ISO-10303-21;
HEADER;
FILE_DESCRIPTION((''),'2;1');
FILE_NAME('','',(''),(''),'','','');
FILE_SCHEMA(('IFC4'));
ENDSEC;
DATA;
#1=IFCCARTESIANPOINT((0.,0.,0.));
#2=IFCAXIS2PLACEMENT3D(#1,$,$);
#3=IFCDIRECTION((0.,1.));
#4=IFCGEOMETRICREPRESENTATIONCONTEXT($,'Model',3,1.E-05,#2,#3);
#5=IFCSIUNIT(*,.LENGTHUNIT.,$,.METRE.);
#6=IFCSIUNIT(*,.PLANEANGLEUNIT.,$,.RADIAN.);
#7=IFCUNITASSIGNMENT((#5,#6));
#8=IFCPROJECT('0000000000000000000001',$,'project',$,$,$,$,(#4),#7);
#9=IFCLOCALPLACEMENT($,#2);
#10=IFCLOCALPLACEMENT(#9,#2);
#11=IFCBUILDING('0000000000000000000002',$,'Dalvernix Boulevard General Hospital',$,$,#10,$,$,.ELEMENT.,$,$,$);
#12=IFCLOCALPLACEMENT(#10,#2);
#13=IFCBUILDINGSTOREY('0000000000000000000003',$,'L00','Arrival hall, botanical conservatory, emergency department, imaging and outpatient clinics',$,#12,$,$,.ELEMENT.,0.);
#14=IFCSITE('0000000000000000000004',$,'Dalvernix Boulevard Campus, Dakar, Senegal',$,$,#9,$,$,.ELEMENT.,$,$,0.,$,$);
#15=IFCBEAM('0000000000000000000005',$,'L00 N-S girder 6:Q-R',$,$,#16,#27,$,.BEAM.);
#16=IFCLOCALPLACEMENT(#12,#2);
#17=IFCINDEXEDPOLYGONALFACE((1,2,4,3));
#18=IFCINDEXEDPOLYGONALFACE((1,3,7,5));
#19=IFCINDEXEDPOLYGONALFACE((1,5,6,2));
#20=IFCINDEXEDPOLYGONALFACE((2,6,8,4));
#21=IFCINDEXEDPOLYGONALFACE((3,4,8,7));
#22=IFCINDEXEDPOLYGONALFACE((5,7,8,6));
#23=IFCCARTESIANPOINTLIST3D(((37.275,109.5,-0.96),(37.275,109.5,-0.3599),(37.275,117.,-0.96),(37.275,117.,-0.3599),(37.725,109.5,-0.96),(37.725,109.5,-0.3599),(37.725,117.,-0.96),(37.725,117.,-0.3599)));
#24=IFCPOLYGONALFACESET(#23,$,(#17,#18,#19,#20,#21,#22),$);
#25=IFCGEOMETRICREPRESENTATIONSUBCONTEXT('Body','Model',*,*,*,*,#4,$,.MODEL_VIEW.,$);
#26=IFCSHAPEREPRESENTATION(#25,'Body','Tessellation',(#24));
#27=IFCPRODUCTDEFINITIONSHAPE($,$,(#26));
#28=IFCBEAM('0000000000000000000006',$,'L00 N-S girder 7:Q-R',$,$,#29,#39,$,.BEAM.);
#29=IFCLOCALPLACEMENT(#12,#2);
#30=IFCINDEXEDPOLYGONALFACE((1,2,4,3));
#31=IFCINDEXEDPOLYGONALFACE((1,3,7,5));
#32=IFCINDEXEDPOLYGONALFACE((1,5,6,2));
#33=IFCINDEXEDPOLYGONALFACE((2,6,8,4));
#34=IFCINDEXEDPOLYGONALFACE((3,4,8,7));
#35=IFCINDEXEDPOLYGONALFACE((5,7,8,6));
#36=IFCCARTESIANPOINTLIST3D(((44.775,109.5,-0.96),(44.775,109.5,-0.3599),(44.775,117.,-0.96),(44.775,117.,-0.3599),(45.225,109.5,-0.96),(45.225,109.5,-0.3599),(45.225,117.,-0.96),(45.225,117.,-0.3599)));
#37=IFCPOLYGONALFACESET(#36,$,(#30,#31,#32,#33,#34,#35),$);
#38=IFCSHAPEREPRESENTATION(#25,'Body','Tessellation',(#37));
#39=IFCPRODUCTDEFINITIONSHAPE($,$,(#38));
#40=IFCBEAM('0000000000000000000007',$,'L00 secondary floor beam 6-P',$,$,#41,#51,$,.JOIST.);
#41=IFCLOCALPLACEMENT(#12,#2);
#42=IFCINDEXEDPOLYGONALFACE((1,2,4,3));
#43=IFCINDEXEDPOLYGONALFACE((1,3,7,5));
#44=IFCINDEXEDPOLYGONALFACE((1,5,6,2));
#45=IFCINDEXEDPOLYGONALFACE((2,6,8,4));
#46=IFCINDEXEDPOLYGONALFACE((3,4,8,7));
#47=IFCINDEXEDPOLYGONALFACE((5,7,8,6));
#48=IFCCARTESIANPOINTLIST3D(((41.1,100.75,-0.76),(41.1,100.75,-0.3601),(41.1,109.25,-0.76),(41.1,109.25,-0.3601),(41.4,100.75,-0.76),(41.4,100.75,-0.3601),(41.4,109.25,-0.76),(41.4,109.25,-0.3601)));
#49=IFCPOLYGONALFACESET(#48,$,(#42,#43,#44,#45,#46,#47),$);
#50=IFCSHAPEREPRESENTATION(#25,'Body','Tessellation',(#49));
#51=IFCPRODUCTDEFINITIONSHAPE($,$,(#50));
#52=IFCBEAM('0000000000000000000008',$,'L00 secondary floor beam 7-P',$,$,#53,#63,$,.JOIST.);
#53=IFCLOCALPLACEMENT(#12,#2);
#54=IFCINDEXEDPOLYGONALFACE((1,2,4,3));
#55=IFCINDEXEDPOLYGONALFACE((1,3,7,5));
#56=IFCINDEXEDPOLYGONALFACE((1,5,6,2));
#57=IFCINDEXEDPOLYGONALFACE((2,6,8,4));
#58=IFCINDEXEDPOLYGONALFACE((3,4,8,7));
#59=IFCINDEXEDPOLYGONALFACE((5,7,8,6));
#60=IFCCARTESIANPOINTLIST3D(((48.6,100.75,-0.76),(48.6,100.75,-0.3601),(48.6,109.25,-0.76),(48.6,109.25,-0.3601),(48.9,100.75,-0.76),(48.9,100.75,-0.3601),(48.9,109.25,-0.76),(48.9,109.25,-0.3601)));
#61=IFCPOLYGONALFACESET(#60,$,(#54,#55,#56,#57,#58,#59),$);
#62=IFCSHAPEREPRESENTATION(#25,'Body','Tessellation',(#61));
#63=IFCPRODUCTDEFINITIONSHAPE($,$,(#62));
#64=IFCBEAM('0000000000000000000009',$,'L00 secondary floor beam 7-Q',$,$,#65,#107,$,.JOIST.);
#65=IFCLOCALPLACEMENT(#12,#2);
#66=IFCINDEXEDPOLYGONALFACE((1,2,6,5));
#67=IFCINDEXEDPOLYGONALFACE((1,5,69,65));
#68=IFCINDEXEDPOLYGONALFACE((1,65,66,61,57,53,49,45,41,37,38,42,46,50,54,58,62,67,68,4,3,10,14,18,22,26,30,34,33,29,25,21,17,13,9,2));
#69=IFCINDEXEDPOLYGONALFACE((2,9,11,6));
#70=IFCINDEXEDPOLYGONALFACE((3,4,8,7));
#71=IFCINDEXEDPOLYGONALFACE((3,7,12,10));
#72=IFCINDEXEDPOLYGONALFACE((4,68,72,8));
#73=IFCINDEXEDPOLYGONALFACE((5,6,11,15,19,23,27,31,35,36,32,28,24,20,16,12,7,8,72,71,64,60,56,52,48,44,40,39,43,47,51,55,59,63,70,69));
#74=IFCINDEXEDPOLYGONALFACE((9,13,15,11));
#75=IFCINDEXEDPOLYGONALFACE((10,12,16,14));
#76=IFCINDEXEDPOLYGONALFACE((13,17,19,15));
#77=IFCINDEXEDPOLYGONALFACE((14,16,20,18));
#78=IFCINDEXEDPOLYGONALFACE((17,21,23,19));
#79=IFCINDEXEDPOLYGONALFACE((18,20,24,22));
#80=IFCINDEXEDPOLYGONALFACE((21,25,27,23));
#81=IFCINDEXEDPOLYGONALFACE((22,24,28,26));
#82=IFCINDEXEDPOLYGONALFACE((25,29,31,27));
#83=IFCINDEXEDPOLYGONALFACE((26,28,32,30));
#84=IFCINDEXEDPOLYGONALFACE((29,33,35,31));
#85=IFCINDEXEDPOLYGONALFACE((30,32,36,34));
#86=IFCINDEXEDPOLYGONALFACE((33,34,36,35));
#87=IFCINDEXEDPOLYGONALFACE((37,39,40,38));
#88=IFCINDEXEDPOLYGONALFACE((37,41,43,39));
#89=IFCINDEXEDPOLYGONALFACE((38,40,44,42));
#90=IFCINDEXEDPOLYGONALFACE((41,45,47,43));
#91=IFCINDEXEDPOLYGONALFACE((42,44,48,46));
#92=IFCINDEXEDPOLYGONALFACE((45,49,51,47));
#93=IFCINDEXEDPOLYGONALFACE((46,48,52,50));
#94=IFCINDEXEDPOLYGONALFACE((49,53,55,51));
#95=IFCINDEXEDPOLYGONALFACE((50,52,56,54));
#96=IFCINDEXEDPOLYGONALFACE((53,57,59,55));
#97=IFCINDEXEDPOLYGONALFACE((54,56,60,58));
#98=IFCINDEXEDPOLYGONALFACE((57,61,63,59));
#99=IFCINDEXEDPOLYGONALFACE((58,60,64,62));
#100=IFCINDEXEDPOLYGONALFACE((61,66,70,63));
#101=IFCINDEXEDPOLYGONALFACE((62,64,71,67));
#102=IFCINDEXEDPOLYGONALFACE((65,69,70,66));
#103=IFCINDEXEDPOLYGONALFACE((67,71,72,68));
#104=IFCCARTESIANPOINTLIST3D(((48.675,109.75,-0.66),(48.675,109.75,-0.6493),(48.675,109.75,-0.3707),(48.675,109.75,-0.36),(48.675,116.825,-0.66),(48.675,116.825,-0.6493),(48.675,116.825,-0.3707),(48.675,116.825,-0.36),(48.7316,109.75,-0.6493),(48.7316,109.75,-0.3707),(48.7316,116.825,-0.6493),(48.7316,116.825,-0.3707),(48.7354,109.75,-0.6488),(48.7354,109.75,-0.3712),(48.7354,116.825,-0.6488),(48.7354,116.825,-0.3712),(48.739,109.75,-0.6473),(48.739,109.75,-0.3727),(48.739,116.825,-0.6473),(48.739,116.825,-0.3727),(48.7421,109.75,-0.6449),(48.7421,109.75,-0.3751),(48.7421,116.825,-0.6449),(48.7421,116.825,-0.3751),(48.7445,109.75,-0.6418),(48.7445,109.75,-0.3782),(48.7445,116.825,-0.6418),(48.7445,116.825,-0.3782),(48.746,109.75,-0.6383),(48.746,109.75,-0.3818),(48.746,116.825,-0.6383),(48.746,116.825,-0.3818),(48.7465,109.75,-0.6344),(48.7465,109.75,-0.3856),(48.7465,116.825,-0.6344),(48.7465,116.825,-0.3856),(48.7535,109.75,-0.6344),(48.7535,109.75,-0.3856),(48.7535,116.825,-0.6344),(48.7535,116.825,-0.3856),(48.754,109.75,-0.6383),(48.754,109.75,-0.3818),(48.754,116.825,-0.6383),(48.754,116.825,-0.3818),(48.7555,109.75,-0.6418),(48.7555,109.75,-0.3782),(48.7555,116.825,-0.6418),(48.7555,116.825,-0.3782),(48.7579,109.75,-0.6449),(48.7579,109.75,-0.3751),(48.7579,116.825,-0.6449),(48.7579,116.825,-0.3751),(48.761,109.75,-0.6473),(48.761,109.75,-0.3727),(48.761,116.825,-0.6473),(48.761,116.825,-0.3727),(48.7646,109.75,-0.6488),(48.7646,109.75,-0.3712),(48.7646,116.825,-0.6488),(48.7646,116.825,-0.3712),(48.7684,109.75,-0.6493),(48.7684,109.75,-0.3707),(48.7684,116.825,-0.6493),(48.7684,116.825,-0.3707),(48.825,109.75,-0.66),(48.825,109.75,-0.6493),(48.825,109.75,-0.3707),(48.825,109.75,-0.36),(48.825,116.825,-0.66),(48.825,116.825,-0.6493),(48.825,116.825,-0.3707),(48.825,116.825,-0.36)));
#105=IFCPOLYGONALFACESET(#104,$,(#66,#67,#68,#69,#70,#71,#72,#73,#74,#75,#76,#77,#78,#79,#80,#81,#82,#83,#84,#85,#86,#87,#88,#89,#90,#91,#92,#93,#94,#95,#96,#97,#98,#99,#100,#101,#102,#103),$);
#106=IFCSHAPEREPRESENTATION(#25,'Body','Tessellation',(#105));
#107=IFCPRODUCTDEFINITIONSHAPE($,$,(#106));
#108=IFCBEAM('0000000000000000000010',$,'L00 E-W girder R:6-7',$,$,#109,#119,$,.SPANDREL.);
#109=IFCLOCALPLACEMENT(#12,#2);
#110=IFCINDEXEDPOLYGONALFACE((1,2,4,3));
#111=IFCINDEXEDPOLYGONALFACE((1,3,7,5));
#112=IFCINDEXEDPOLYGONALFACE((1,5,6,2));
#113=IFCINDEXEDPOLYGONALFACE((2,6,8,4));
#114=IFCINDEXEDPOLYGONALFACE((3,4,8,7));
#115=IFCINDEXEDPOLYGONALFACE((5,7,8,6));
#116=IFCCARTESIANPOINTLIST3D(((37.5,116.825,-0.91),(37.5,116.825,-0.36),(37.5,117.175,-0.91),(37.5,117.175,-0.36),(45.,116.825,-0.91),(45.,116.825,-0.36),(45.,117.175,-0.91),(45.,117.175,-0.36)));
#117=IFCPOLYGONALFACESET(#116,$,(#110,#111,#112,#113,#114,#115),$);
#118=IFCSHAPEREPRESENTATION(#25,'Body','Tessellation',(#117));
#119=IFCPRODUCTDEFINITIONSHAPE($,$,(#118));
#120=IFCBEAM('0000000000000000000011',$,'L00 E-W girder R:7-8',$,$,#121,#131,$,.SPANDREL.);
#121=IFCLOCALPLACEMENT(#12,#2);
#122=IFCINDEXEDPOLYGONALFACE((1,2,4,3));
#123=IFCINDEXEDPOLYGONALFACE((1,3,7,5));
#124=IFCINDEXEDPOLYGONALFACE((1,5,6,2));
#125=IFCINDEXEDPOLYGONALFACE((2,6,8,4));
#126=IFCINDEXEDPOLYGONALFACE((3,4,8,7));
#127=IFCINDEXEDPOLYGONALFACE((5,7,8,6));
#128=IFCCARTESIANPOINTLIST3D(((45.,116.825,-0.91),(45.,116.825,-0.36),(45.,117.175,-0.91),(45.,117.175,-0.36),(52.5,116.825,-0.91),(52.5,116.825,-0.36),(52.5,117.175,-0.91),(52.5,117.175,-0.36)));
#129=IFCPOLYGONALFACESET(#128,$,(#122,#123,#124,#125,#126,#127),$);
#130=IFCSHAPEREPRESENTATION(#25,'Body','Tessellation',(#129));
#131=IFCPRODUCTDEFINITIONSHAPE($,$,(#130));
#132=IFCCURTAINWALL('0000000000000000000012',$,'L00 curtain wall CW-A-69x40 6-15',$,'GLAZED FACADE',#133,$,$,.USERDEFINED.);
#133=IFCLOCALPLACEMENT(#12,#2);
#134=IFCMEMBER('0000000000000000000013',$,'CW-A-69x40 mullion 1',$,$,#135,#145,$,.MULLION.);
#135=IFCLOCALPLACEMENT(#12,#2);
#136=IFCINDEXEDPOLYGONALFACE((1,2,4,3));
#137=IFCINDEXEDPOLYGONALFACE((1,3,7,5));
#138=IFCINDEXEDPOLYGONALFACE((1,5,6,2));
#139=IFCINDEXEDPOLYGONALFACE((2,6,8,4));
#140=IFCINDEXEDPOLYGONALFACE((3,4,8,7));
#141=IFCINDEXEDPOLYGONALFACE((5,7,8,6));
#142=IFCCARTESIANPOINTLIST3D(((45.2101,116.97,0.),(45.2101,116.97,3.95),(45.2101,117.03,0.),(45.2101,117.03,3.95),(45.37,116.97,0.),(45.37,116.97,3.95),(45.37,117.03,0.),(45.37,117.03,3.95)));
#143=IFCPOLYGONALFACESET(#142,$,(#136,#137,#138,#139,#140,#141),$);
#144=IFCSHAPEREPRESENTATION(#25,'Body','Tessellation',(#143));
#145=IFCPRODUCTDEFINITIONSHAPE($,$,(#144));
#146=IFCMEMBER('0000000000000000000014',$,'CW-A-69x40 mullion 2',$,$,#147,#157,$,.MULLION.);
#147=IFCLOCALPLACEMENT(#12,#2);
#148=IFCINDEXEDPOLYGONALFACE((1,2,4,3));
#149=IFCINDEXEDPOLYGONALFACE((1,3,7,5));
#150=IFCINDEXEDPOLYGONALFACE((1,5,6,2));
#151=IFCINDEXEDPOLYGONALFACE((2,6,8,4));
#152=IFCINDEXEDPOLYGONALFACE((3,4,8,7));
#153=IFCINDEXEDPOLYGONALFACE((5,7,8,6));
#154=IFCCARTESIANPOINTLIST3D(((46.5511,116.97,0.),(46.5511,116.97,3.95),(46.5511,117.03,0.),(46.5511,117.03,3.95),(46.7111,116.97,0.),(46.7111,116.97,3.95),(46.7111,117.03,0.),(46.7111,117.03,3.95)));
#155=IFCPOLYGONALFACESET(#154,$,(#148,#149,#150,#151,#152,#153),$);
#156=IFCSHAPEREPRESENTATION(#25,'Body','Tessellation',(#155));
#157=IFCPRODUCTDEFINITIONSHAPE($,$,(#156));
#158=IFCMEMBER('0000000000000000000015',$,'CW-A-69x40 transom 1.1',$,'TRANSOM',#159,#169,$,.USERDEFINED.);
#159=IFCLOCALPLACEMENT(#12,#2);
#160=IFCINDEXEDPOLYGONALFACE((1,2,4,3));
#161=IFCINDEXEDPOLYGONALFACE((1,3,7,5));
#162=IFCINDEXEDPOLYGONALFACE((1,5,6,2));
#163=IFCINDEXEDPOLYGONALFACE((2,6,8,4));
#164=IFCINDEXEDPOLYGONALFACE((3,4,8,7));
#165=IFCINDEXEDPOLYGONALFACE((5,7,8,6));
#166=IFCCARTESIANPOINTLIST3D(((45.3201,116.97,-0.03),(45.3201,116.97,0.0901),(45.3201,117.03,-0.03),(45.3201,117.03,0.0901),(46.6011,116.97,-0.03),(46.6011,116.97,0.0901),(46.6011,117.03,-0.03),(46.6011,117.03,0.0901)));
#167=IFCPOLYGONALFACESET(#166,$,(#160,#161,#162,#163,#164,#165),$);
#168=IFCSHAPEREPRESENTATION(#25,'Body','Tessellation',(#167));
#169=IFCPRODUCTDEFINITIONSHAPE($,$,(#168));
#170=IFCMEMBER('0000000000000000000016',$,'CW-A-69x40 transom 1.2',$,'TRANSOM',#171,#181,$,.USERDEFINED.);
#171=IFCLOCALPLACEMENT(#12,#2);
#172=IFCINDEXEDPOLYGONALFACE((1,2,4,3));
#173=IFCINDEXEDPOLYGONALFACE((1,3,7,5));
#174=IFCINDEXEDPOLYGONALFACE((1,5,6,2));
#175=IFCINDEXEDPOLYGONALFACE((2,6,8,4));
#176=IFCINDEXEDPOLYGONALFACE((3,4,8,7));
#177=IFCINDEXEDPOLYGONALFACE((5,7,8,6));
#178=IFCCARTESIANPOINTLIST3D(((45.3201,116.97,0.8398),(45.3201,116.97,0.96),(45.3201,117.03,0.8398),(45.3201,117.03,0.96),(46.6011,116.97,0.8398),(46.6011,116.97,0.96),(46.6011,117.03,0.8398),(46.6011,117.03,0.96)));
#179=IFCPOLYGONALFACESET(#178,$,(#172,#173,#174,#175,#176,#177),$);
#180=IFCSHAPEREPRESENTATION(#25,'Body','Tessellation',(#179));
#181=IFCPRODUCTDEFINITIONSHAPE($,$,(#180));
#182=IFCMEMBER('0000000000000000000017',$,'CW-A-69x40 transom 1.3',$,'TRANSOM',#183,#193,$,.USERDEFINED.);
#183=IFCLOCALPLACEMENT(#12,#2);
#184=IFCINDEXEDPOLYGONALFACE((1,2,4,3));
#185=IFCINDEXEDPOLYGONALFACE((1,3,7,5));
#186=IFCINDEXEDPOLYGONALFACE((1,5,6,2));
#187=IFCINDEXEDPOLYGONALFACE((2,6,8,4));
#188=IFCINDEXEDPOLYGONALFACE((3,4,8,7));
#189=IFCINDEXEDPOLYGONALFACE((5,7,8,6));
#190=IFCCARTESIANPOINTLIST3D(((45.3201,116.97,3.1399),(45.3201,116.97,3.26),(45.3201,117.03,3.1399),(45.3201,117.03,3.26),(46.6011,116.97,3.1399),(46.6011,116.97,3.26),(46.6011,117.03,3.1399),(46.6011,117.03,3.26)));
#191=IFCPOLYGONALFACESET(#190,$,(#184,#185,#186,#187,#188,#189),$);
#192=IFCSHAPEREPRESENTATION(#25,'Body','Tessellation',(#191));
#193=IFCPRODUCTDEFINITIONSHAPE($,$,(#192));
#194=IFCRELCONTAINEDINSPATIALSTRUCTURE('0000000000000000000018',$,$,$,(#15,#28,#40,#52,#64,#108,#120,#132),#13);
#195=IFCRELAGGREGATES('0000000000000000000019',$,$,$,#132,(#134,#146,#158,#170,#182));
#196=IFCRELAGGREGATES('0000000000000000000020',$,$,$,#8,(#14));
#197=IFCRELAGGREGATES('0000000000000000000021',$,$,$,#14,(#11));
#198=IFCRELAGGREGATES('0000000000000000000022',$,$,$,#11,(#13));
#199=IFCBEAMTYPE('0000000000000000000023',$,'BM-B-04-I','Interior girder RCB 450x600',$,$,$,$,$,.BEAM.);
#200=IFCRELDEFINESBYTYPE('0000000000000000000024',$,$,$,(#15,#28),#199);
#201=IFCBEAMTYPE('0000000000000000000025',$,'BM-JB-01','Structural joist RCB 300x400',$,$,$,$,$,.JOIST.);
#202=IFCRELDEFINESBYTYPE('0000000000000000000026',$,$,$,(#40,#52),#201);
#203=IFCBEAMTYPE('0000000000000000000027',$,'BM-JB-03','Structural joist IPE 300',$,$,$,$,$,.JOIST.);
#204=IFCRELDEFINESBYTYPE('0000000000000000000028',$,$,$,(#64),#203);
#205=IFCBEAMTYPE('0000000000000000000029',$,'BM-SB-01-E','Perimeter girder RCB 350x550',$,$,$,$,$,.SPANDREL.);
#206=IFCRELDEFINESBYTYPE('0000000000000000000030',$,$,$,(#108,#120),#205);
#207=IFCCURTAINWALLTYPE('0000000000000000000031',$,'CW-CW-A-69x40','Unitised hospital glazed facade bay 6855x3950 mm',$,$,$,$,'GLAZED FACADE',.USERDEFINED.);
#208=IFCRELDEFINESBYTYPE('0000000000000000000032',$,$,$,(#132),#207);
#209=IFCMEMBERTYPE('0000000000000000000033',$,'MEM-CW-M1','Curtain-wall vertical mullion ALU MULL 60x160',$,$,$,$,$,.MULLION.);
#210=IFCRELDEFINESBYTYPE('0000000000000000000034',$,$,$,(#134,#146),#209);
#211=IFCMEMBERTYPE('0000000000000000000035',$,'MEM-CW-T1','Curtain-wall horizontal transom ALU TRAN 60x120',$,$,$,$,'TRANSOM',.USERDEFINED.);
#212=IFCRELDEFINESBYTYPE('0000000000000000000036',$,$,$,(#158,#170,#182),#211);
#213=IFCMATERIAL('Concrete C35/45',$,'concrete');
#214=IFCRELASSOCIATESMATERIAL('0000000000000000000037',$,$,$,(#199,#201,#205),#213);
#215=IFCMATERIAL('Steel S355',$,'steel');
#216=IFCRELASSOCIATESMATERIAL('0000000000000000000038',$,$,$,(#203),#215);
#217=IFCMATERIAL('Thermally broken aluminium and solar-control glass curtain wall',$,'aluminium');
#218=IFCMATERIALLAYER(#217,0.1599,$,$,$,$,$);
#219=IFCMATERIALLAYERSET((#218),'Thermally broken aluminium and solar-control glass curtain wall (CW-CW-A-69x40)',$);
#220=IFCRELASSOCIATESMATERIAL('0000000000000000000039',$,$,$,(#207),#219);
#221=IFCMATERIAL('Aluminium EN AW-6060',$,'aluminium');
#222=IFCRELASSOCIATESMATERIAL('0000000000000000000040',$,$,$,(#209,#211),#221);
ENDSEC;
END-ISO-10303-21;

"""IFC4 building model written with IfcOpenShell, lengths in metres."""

from ifc_helpers import new_model, si_unit, direction, frame, origin, origin_2d, place, context, subcontext, project, spatial, rectangle, i_section, extrude, material, layer, layer_set, material_profile, profile_set, type_object, element, aggregate, save


model = new_model("IFC4")

# Units and contexts
model_context = context("Model", 3, precision=1e-05, world=origin(), true_north=direction((0.0, 1.0)))
body_context = subcontext(model_context, "Body", "Model", "MODEL_VIEW")
ifc_project = project(units=[si_unit("LENGTHUNIT", "METRE"), si_unit("PLANEANGLEUNIT", "RADIAN")], contexts=[model_context])

# Site, building, storey
site_placement = place(None, origin())
site = spatial("IfcSite", under=ifc_project, at=site_placement, Name="Dalvernix Boulevard Campus, Dakar, Senegal", CompositionType="ELEMENT", RefElevation=0.0)
building_placement = place(site_placement, origin())
building = spatial("IfcBuilding", under=site, at=building_placement, Name="Dalvernix Boulevard General Hospital", CompositionType="ELEMENT")
storey_placement = place(building_placement, origin())
storey = spatial("IfcBuildingStorey", under=building, at=storey_placement, Name="L00", Description="Arrival hall, botanical conservatory, emergency department, imaging and outpatient clinics", CompositionType="ELEMENT", Elevation=0.0)

# Beams
ifc_material_1 = material(Name="Concrete C35/45", Category="concrete")
ifc_material_profile_1 = material_profile(ifc_material_1, rectangle(XDim=0.45, YDim=0.6001, at=origin_2d()), Name="RCB 450x600")
ifc_profile_set_1 = profile_set([ifc_material_profile_1], Name="Concrete C35/45")
beam_type_1 = type_object("IfcBeamType", Name="BM-B-04-I", Description="Interior girder RCB 450x600", PredefinedType="BEAM", material=ifc_profile_set_1)
for number, where, z_axis, x_axis, name in (
    (1, (37.5, 109.5, -0.6599), (0.0, 1.0, 0.0), (-1.0, 0.0, 0.0), "L00 N-S girder 6:Q-R"),
    (2, (45.0, 109.5, -0.6599), (0.0, 1.0, 0.0), (-1.0, 0.0, 0.0), "L00 N-S girder 7:Q-R"),
):
    element("IfcBeam", number, at=place(storey_placement, frame(where, z_axis=z_axis, x_axis=x_axis)), inside=storey, type_object=beam_type_1, Name=name, PredefinedType="BEAM", context=body_context, shape_type="SweptSolid", body=[
        extrude(rectangle(XDim=0.45, YDim=0.6001, at=origin_2d()), origin(), (0.0, 0.0, 1.0), 7.5),
    ])
ifc_material_profile_2 = material_profile(ifc_material_1, rectangle(XDim=0.3, YDim=0.3999, at=origin_2d()), Name="RCB 300x400")
ifc_profile_set_2 = profile_set([ifc_material_profile_2], Name="Concrete C35/45")
beam_type_2 = type_object("IfcBeamType", Name="BM-JB-01", Description="Structural joist RCB 300x400", PredefinedType="JOIST", material=ifc_profile_set_2)
for number, where, z_axis, x_axis, name in (
    (3, (41.25, 100.75, -0.5601), (0.0, 1.0, 0.0), (-1.0, 0.0, 0.0), "L00 secondary floor beam 6-P"),
    (4, (48.75, 100.75, -0.5601), (0.0, 1.0, 0.0), (-1.0, 0.0, 0.0), "L00 secondary floor beam 7-P"),
):
    element("IfcBeam", number, at=place(storey_placement, frame(where, z_axis=z_axis, x_axis=x_axis)), inside=storey, type_object=beam_type_2, Name=name, PredefinedType="JOIST", context=body_context, shape_type="SweptSolid", body=[
        extrude(rectangle(XDim=0.3, YDim=0.3999, at=origin_2d()), origin(), (0.0, 0.0, 1.0), 8.5),
    ])
ifc_material_2 = material(Name="Steel S355", Category="steel")
ifc_material_profile_3 = material_profile(ifc_material_2, i_section(OverallWidth=0.1499, OverallDepth=0.3, WebThickness=0.0071, FlangeThickness=0.0107, FilletRadius=0.0149, at=origin_2d()), Name="IPE 300")
ifc_profile_set_3 = profile_set([ifc_material_profile_3], Name="Steel S355")
beam_type_3 = type_object("IfcBeamType", Name="BM-JB-03", Description="Structural joist IPE 300", PredefinedType="JOIST", material=ifc_profile_set_3)
beam_placement = place(storey_placement, frame((48.75, 109.75, -0.51), z_axis=(0.0, 1.0, 0.0), x_axis=(-1.0, 0.0, 0.0)))
element("IfcBeam", 5, at=beam_placement, inside=storey, type_object=beam_type_3, Name="L00 secondary floor beam 7-Q", PredefinedType="JOIST", context=body_context, shape_type="SweptSolid", body=[
    extrude(i_section(OverallWidth=0.1499, OverallDepth=0.3, WebThickness=0.0071, FlangeThickness=0.0107, FilletRadius=0.0149, at=origin_2d()), origin(), (0.0, 0.0, 1.0), 7.075),
])
ifc_material_profile_4 = material_profile(ifc_material_1, rectangle(XDim=0.3501, YDim=0.55, at=origin_2d()), Name="RCB 350x550")
ifc_profile_set_4 = profile_set([ifc_material_profile_4], Name="Concrete C35/45")
beam_type_4 = type_object("IfcBeamType", Name="BM-SB-01-E", Description="Perimeter girder RCB 350x550", PredefinedType="SPANDREL", material=ifc_profile_set_4)
for number, where, z_axis, x_axis, name in (
    (6, (37.5, 117.0, -0.635), (1.0, 0.0, 0.0), (0.0, 1.0, 0.0), "L00 E-W girder R:6-7"),
    (7, (45.0, 117.0, -0.635), (1.0, 0.0, 0.0), (0.0, 1.0, 0.0), "L00 E-W girder R:7-8"),
):
    element("IfcBeam", number, at=place(storey_placement, frame(where, z_axis=z_axis, x_axis=x_axis)), inside=storey, type_object=beam_type_4, Name=name, PredefinedType="SPANDREL", context=body_context, shape_type="SweptSolid", body=[
        extrude(rectangle(XDim=0.3501, YDim=0.55, at=origin_2d()), origin(), (0.0, 0.0, 1.0), 7.5),
    ])

# Curtain wall, members
ifc_material_3 = material(Name="Thermally broken aluminium and solar-control glass curtain wall", Category="aluminium")
ifc_layer_1 = layer(ifc_material_3, 0.1599)
ifc_layer_set_1 = layer_set([ifc_layer_1], Name="Thermally broken aluminium and solar-control glass curtain wall (CW-CW-A-69x40)")
curtain_wall_type = type_object("IfcCurtainWallType", Name="CW-CW-A-69x40", Description="Unitised hospital glazed facade bay 6855x3950 mm", ElementType="GLAZED FACADE", PredefinedType="USERDEFINED", material=ifc_layer_set_1)
curtain_wall_placement = place(storey_placement, origin())
curtain_wall = element("IfcCurtainWall", 8, at=curtain_wall_placement, inside=storey, type_object=curtain_wall_type, Name="L00 curtain wall CW-A-69x40 6-15", ObjectType="GLAZED FACADE", PredefinedType="USERDEFINED")
ifc_material_4 = material(Name="Aluminium EN AW-6060", Category="aluminium")
ifc_material_profile_5 = material_profile(ifc_material_4, rectangle(XDim=0.0601, YDim=0.1599, at=origin_2d()), Name="ALU MULL 60x160")
ifc_profile_set_5 = profile_set([ifc_material_profile_5], Name="Aluminium EN AW-6060")
member_type_1 = type_object("IfcMemberType", Name="MEM-CW-M1", Description="Curtain-wall vertical mullion ALU MULL 60x160", PredefinedType="MULLION", material=ifc_profile_set_5)
member_1_placement = place(storey_placement, frame((45.29, 117.0, 0.0), z_axis=(0.0, 0.0, 1.0), x_axis=(0.0, 1.0, 0.0)))
member_1 = element("IfcMember", 9, at=member_1_placement, type_object=member_type_1, Name="CW-A-69x40 mullion 1", PredefinedType="MULLION", context=body_context, shape_type="SweptSolid", body=[
    extrude(rectangle(XDim=0.0601, YDim=0.1599, at=origin_2d()), origin(), (0.0, 0.0, 1.0), 3.95),
])
member_2_placement = place(storey_placement, frame((46.6311, 117.0, 0.0), z_axis=(0.0, 0.0, 1.0), x_axis=(0.0, 1.0, 0.0)))
member_2 = element("IfcMember", 10, at=member_2_placement, type_object=member_type_1, Name="CW-A-69x40 mullion 2", PredefinedType="MULLION", context=body_context, shape_type="SweptSolid", body=[
    extrude(rectangle(XDim=0.0601, YDim=0.1599, at=origin_2d()), origin(), (0.0, 0.0, 1.0), 3.95),
])
ifc_material_profile_6 = material_profile(ifc_material_4, rectangle(XDim=0.0601, YDim=0.1201, at=origin_2d()), Name="ALU TRAN 60x120")
ifc_profile_set_6 = profile_set([ifc_material_profile_6], Name="Aluminium EN AW-6060")
member_type_2 = type_object("IfcMemberType", Name="MEM-CW-T1", Description="Curtain-wall horizontal transom ALU TRAN 60x120", ElementType="TRANSOM", PredefinedType="USERDEFINED", material=ifc_profile_set_6)
member_3_placement = place(storey_placement, frame((45.3201, 117.0, 0.03), z_axis=(1.0, 0.0, 0.0), x_axis=(0.0, 1.0, 0.0)))
member_3 = element("IfcMember", 11, at=member_3_placement, type_object=member_type_2, Name="CW-A-69x40 transom 1.1", ObjectType="TRANSOM", PredefinedType="USERDEFINED", context=body_context, shape_type="SweptSolid", body=[
    extrude(rectangle(XDim=0.0601, YDim=0.1201, at=origin_2d()), origin(), (0.0, 0.0, 1.0), 1.281),
])
member_4_placement = place(storey_placement, frame((45.3201, 117.0, 0.8999), z_axis=(1.0, 0.0, 0.0), x_axis=(0.0, 1.0, 0.0)))
member_4 = element("IfcMember", 12, at=member_4_placement, type_object=member_type_2, Name="CW-A-69x40 transom 1.2", ObjectType="TRANSOM", PredefinedType="USERDEFINED", context=body_context, shape_type="SweptSolid", body=[
    extrude(rectangle(XDim=0.0601, YDim=0.1201, at=origin_2d()), origin(), (0.0, 0.0, 1.0), 1.281),
])
member_5_placement = place(storey_placement, frame((45.3201, 117.0, 3.2), z_axis=(1.0, 0.0, 0.0), x_axis=(0.0, 1.0, 0.0)))
member_5 = element("IfcMember", 13, at=member_5_placement, type_object=member_type_2, Name="CW-A-69x40 transom 1.3", ObjectType="TRANSOM", PredefinedType="USERDEFINED", context=body_context, shape_type="SweptSolid", body=[
    extrude(rectangle(XDim=0.0601, YDim=0.1201, at=origin_2d()), origin(), (0.0, 0.0, 1.0), 1.281),
])
aggregate(curtain_wall, [member_1, member_2, member_3, member_4, member_5])

save(model, "model.ifc")
